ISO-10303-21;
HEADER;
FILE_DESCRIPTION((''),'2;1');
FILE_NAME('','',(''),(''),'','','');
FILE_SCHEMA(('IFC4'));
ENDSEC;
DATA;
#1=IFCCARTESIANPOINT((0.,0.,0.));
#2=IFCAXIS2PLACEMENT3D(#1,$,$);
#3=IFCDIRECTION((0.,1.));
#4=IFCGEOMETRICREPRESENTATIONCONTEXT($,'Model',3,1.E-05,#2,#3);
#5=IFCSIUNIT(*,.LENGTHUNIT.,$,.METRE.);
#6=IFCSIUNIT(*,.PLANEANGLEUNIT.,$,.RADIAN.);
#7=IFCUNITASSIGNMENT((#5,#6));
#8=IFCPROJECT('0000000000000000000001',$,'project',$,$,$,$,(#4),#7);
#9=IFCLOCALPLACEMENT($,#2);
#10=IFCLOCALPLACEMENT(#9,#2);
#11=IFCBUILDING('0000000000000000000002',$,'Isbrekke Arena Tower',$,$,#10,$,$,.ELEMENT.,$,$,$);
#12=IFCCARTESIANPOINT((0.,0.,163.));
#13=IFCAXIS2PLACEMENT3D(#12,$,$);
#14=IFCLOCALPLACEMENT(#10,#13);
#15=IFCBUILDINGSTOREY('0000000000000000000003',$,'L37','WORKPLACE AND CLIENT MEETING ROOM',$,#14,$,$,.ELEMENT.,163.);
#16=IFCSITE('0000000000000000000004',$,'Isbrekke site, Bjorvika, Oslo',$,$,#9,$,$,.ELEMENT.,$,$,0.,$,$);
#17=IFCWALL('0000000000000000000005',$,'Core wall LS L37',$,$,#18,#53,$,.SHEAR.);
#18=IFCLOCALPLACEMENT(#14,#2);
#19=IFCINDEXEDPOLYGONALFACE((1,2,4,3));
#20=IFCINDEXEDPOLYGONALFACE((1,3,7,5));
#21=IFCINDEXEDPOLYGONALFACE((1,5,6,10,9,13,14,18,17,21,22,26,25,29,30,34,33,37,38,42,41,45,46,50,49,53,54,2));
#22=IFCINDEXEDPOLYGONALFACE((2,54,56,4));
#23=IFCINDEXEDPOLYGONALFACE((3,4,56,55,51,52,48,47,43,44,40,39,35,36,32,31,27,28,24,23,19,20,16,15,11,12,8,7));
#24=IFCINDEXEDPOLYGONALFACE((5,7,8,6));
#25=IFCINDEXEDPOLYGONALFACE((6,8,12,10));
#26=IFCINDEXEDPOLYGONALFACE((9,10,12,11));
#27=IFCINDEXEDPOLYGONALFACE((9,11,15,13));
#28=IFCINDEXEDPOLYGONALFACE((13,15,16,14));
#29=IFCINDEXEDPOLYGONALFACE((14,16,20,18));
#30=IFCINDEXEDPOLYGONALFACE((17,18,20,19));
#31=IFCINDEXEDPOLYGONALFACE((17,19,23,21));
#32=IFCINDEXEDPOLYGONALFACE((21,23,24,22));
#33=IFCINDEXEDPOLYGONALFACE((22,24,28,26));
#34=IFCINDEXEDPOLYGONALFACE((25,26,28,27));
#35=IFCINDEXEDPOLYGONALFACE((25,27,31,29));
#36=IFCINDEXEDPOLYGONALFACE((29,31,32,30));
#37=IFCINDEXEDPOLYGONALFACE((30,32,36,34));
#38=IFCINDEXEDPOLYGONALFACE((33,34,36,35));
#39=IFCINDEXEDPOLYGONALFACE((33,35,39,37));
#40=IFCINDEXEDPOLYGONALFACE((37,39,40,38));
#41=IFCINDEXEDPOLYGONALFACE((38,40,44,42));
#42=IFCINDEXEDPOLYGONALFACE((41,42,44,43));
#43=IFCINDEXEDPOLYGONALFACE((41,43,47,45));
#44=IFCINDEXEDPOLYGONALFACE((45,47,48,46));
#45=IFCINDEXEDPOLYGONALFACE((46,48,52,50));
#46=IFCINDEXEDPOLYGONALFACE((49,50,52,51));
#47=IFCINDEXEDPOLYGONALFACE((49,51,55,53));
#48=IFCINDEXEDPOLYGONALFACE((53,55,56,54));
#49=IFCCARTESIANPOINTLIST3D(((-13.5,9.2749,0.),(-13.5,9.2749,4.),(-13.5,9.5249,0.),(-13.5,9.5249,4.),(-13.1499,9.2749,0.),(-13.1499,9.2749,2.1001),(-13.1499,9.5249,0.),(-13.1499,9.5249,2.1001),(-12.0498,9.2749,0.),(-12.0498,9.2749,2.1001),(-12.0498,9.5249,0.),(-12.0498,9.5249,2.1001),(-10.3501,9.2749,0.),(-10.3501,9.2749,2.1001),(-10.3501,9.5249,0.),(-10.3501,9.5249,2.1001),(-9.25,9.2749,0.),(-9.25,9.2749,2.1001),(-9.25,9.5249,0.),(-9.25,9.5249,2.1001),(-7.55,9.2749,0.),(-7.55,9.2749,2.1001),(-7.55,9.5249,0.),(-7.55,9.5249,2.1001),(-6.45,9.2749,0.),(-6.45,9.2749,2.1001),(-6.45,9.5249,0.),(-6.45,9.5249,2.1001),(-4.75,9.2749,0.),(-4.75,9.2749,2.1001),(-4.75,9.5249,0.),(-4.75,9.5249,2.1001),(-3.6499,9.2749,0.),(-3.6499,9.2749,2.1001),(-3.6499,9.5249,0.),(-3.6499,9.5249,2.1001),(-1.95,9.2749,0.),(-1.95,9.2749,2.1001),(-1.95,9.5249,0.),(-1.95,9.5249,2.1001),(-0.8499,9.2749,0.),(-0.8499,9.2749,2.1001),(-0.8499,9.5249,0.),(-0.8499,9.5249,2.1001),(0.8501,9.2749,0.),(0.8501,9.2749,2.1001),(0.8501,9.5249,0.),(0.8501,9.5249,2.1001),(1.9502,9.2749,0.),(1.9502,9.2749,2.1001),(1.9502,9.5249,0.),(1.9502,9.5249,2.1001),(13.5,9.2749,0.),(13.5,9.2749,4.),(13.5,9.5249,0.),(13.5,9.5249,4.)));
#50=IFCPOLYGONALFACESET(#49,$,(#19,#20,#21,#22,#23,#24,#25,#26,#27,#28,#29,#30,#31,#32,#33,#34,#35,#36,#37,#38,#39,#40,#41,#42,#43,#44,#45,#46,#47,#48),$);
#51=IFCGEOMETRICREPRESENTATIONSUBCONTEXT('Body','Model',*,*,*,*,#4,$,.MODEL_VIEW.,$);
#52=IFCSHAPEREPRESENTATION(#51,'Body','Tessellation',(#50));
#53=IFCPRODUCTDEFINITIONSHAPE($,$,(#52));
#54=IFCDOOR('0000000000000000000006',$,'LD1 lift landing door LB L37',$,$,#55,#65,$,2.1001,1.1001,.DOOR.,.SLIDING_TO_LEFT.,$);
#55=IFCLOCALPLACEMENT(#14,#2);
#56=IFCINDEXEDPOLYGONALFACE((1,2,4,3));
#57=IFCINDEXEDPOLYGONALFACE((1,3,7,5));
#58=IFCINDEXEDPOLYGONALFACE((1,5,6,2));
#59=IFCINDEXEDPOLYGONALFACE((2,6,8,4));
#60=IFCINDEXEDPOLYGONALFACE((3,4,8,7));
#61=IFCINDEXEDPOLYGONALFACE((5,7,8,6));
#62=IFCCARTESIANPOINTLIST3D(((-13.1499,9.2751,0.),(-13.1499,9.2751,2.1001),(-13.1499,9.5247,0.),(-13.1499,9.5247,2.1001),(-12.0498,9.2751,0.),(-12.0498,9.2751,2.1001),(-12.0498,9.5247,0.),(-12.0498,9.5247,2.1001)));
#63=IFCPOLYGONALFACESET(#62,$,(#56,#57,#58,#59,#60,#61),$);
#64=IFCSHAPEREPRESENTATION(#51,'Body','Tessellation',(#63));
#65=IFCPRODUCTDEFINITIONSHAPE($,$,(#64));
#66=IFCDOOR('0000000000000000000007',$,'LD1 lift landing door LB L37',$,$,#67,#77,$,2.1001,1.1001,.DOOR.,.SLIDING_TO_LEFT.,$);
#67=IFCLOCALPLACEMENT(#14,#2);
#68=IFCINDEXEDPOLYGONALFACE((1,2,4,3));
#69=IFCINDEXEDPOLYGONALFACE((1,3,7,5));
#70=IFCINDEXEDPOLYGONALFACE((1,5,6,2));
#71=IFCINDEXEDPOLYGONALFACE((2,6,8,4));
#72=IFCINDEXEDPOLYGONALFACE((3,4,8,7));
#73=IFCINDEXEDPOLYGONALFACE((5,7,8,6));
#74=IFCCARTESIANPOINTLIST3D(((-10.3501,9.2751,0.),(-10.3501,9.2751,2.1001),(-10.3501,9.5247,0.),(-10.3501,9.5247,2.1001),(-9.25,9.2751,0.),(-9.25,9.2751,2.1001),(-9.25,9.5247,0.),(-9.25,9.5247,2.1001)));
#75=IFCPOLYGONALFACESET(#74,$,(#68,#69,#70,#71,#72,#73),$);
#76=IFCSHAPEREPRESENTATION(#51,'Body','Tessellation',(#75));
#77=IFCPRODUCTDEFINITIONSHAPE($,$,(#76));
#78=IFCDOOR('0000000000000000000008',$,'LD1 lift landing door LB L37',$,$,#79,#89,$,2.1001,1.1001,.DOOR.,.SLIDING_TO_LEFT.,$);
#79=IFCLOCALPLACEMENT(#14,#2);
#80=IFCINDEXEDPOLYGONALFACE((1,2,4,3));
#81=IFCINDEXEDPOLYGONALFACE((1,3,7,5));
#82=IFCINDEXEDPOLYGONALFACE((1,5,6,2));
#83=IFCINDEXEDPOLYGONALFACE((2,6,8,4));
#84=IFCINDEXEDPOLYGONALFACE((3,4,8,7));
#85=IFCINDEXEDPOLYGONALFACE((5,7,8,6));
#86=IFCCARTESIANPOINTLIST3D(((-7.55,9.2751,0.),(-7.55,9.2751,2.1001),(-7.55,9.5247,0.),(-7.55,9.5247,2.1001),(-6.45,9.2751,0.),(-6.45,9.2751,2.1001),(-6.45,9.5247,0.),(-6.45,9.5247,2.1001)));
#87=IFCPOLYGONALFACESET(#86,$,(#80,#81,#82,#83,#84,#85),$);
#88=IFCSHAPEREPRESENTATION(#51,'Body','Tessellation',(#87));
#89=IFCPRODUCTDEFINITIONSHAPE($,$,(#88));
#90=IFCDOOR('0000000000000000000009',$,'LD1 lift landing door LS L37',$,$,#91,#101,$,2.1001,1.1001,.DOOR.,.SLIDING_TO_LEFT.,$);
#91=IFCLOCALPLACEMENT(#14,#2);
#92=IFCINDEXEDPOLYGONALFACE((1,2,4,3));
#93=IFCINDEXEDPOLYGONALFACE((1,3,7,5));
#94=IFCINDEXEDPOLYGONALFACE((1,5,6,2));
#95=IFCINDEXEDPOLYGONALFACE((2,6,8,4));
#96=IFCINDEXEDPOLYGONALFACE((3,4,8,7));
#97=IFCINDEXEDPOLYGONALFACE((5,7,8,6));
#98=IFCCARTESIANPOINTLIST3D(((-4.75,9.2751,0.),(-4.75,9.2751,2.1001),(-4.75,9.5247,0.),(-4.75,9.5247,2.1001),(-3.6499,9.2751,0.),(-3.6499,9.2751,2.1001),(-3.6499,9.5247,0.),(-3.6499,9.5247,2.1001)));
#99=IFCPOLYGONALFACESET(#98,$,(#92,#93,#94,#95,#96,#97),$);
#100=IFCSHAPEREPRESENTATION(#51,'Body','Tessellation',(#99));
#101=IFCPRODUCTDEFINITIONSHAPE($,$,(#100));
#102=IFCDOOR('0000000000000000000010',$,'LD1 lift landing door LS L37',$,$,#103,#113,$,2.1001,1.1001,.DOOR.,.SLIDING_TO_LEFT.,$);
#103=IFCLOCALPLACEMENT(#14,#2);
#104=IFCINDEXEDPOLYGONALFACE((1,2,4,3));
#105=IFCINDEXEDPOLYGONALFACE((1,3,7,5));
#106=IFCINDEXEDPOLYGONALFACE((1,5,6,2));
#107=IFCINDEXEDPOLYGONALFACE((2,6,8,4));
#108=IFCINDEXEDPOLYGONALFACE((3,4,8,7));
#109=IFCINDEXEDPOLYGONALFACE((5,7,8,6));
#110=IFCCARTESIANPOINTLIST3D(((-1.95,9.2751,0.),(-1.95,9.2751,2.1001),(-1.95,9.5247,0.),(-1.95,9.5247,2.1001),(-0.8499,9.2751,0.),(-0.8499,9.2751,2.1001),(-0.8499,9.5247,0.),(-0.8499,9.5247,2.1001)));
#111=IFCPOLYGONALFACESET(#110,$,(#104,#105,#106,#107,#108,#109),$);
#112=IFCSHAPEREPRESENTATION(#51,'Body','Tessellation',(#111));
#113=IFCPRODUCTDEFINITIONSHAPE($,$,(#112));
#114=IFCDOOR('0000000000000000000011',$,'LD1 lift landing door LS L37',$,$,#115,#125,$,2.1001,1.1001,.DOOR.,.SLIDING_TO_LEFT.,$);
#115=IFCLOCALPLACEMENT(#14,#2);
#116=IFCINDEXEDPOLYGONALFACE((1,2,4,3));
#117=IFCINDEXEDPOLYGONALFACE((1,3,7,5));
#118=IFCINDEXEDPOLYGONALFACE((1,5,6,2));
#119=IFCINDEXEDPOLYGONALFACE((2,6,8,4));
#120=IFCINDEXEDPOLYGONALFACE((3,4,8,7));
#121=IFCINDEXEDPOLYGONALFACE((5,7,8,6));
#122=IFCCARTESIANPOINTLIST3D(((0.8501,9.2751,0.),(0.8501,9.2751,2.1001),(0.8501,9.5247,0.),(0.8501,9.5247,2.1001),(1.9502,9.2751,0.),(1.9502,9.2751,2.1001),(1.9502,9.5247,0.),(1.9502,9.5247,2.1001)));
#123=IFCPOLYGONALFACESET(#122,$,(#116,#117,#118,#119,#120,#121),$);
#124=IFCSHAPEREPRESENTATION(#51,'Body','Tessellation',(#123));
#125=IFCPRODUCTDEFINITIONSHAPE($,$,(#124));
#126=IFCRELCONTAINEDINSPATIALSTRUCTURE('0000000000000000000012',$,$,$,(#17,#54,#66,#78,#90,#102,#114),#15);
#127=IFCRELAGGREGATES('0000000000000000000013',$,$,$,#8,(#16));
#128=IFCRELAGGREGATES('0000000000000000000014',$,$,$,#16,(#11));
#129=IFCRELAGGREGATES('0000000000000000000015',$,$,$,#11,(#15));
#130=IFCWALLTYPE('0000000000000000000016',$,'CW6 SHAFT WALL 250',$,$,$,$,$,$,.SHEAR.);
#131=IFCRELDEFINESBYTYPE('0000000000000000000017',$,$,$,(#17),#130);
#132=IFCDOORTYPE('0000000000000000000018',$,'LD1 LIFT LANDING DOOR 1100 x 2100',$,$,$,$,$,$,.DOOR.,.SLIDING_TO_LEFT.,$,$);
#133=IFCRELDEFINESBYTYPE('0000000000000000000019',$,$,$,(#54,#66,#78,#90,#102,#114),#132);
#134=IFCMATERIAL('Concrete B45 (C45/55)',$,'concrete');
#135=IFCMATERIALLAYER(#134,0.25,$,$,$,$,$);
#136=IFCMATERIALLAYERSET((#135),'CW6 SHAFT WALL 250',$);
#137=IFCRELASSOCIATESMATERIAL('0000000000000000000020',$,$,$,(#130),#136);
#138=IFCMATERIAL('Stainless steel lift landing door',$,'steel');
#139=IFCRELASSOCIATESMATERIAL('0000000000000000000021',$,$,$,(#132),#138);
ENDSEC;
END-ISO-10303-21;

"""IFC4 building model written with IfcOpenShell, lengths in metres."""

from ifc_helpers import new_model, si_unit, direction, frame, frame_2d, origin, place, context, subcontext, project, spatial, rectangle, extrude, material, layer, layer_set, type_object, element, fill, save


model = new_model("IFC4")

# Units and contexts
model_context = context("Model", 3, precision=1e-05, world=origin(), true_north=direction((0.0, 1.0)))
body_context = subcontext(model_context, "Body", "Model", "MODEL_VIEW")
ifc_project = project(units=[si_unit("LENGTHUNIT", "METRE"), si_unit("PLANEANGLEUNIT", "RADIAN")], contexts=[model_context])

# Site, building, storey
site_placement = place(None, origin())
site = spatial("IfcSite", under=ifc_project, at=site_placement, Name="Isbrekke site, Bjorvika, Oslo", CompositionType="ELEMENT", RefElevation=0.0)
building_placement = place(site_placement, origin())
building = spatial("IfcBuilding", under=site, at=building_placement, Name="Isbrekke Arena Tower", CompositionType="ELEMENT")
storey_placement = place(building_placement, frame((0.0, 0.0, 163.0)))
storey = spatial("IfcBuildingStorey", under=building, at=storey_placement, Name="L37", Description="WORKPLACE AND CLIENT MEETING ROOM", CompositionType="ELEMENT", Elevation=163.0)

# Wall, openings, doors
ifc_material_1 = material(Name="Concrete B45 (C45/55)", Category="concrete")
ifc_layer_1 = layer(ifc_material_1, 0.25)
ifc_layer_set_1 = layer_set([ifc_layer_1], Name="CW6 SHAFT WALL 250")
wall_type_1 = type_object("IfcWallType", Name="CW6 SHAFT WALL 250", PredefinedType="SHEAR", material=ifc_layer_set_1)
wall_1_placement = place(storey_placement, frame((-13.5, 9.3999, 0.0), z_axis=(0.0, 0.0, 1.0), x_axis=(1.0, 0.0, 0.0)))
wall_1 = element("IfcWall", 1, at=wall_1_placement, inside=storey, type_object=wall_type_1, Name="Core wall LS L37", PredefinedType="SHEAR", context=body_context, shape_type="SweptSolid", body=[
    extrude(rectangle(XDim=27.0, YDim=0.25, at=frame_2d((13.5, 0.0))), origin(), (0.0, 0.0, 1.0), 4.0),
])
opening_1_placement = place(wall_1_placement, frame((0.3501, 0.0, 0.0)))
opening_1 = element("IfcOpeningElement", 2, at=opening_1_placement, cuts=wall_1, PredefinedType="OPENING", context=body_context, shape_type="SweptSolid", body=[
    extrude(rectangle(XDim=1.1001, YDim=2.1001, at=frame_2d((0.55, 1.05))), frame((0.0, 0.1399, 0.0), z_axis=(0.0, -1.0, 0.0), x_axis=(1.0, 0.0, 0.0)), (0.0, 0.0, 1.0), 0.2798),
])
opening_2_placement = place(wall_1_placement, frame((3.1499, 0.0, 0.0)))
opening_2 = element("IfcOpeningElement", 3, at=opening_2_placement, cuts=wall_1, PredefinedType="OPENING", context=body_context, shape_type="SweptSolid", body=[
    extrude(rectangle(XDim=1.1001, YDim=2.1001, at=frame_2d((0.55, 1.05))), frame((0.0, 0.1399, 0.0), z_axis=(0.0, -1.0, 0.0), x_axis=(1.0, 0.0, 0.0)), (0.0, 0.0, 1.0), 0.2798),
])
opening_3_placement = place(wall_1_placement, frame((5.95, 0.0, 0.0)))
opening_3 = element("IfcOpeningElement", 4, at=opening_3_placement, cuts=wall_1, PredefinedType="OPENING", context=body_context, shape_type="SweptSolid", body=[
    extrude(rectangle(XDim=1.1001, YDim=2.1001, at=frame_2d((0.55, 1.05))), frame((0.0, 0.1399, 0.0), z_axis=(0.0, -1.0, 0.0), x_axis=(1.0, 0.0, 0.0)), (0.0, 0.0, 1.0), 0.2798),
])
opening_4_placement = place(wall_1_placement, frame((8.75, 0.0, 0.0)))
opening_4 = element("IfcOpeningElement", 5, at=opening_4_placement, cuts=wall_1, PredefinedType="OPENING", context=body_context, shape_type="SweptSolid", body=[
    extrude(rectangle(XDim=1.1001, YDim=2.1001, at=frame_2d((0.55, 1.05))), frame((0.0, 0.1399, 0.0), z_axis=(0.0, -1.0, 0.0), x_axis=(1.0, 0.0, 0.0)), (0.0, 0.0, 1.0), 0.2798),
])
opening_5_placement = place(wall_1_placement, frame((11.55, 0.0, 0.0)))
opening_5 = element("IfcOpeningElement", 6, at=opening_5_placement, cuts=wall_1, PredefinedType="OPENING", context=body_context, shape_type="SweptSolid", body=[
    extrude(rectangle(XDim=1.1001, YDim=2.1001, at=frame_2d((0.55, 1.05))), frame((0.0, 0.1399, 0.0), z_axis=(0.0, -1.0, 0.0), x_axis=(1.0, 0.0, 0.0)), (0.0, 0.0, 1.0), 0.2798),
])
opening_6_placement = place(wall_1_placement, frame((14.3501, 0.0, 0.0)))
opening_6 = element("IfcOpeningElement", 7, at=opening_6_placement, cuts=wall_1, PredefinedType="OPENING", context=body_context, shape_type="SweptSolid", body=[
    extrude(rectangle(XDim=1.1001, YDim=2.1001, at=frame_2d((0.55, 1.05))), frame((0.0, 0.1399, 0.0), z_axis=(0.0, -1.0, 0.0), x_axis=(1.0, 0.0, 0.0)), (0.0, 0.0, 1.0), 0.2798),
])
ifc_material_2 = material(Name="Stainless steel lift landing door", Category="steel")
door_type_1 = type_object("IfcDoorType", Name="LD1 LIFT LANDING DOOR 1100 x 2100", OperationType="SLIDING_TO_LEFT", PredefinedType="DOOR", material=ifc_material_2)
door_1_placement = place(opening_1_placement, origin())
door_1 = element("IfcDoor", 8, at=door_1_placement, inside=storey, type_object=door_type_1, Name="LD1 lift landing door LB L37", OperationType="SLIDING_TO_LEFT", OverallHeight=2.1001, OverallWidth=1.1001, PredefinedType="DOOR", context=body_context, shape_type="SweptSolid", body=[
    extrude(rectangle(XDim=1.1001, YDim=2.1001, at=frame_2d((0.55, 1.05))), frame((0.0, 0.1248, 0.0), z_axis=(0.0, -1.0, 0.0), x_axis=(1.0, 0.0, 0.0)), (0.0, 0.0, 1.0), 0.2495),
])
fill(opening_1, door_1)
door_2_placement = place(opening_2_placement, origin())
door_2 = element("IfcDoor", 9, at=door_2_placement, inside=storey, type_object=door_type_1, Name="LD1 lift landing door LB L37", OperationType="SLIDING_TO_LEFT", OverallHeight=2.1001, OverallWidth=1.1001, PredefinedType="DOOR", context=body_context, shape_type="SweptSolid", body=[
    extrude(rectangle(XDim=1.1001, YDim=2.1001, at=frame_2d((0.55, 1.05))), frame((0.0, 0.1248, 0.0), z_axis=(0.0, -1.0, 0.0), x_axis=(1.0, 0.0, 0.0)), (0.0, 0.0, 1.0), 0.2495),
])
fill(opening_2, door_2)
door_3_placement = place(opening_3_placement, origin())
door_3 = element("IfcDoor", 10, at=door_3_placement, inside=storey, type_object=door_type_1, Name="LD1 lift landing door LB L37", OperationType="SLIDING_TO_LEFT", OverallHeight=2.1001, OverallWidth=1.1001, PredefinedType="DOOR", context=body_context, shape_type="SweptSolid", body=[
    extrude(rectangle(XDim=1.1001, YDim=2.1001, at=frame_2d((0.55, 1.05))), frame((0.0, 0.1248, 0.0), z_axis=(0.0, -1.0, 0.0), x_axis=(1.0, 0.0, 0.0)), (0.0, 0.0, 1.0), 0.2495),
])
fill(opening_3, door_3)
door_4_placement = place(opening_4_placement, origin())
door_4 = element("IfcDoor", 11, at=door_4_placement, inside=storey, type_object=door_type_1, Name="LD1 lift landing door LS L37", OperationType="SLIDING_TO_LEFT", OverallHeight=2.1001, OverallWidth=1.1001, PredefinedType="DOOR", context=body_context, shape_type="SweptSolid", body=[
    extrude(rectangle(XDim=1.1001, YDim=2.1001, at=frame_2d((0.55, 1.05))), frame((0.0, 0.1248, 0.0), z_axis=(0.0, -1.0, 0.0), x_axis=(1.0, 0.0, 0.0)), (0.0, 0.0, 1.0), 0.2495),
])
fill(opening_4, door_4)
door_5_placement = place(opening_5_placement, origin())
door_5 = element("IfcDoor", 12, at=door_5_placement, inside=storey, type_object=door_type_1, Name="LD1 lift landing door LS L37", OperationType="SLIDING_TO_LEFT", OverallHeight=2.1001, OverallWidth=1.1001, PredefinedType="DOOR", context=body_context, shape_type="SweptSolid", body=[
    extrude(rectangle(XDim=1.1001, YDim=2.1001, at=frame_2d((0.55, 1.05))), frame((0.0, 0.1248, 0.0), z_axis=(0.0, -1.0, 0.0), x_axis=(1.0, 0.0, 0.0)), (0.0, 0.0, 1.0), 0.2495),
])
fill(opening_5, door_5)
door_6_placement = place(opening_6_placement, origin())
door_6 = element("IfcDoor", 13, at=door_6_placement, inside=storey, type_object=door_type_1, Name="LD1 lift landing door LS L37", OperationType="SLIDING_TO_LEFT", OverallHeight=2.1001, OverallWidth=1.1001, PredefinedType="DOOR", context=body_context, shape_type="SweptSolid", body=[
    extrude(rectangle(XDim=1.1001, YDim=2.1001, at=frame_2d((0.55, 1.05))), frame((0.0, 0.1248, 0.0), z_axis=(0.0, -1.0, 0.0), x_axis=(1.0, 0.0, 0.0)), (0.0, 0.0, 1.0), 0.2495),
])
fill(opening_6, door_6)

save(model, "model.ifc")
